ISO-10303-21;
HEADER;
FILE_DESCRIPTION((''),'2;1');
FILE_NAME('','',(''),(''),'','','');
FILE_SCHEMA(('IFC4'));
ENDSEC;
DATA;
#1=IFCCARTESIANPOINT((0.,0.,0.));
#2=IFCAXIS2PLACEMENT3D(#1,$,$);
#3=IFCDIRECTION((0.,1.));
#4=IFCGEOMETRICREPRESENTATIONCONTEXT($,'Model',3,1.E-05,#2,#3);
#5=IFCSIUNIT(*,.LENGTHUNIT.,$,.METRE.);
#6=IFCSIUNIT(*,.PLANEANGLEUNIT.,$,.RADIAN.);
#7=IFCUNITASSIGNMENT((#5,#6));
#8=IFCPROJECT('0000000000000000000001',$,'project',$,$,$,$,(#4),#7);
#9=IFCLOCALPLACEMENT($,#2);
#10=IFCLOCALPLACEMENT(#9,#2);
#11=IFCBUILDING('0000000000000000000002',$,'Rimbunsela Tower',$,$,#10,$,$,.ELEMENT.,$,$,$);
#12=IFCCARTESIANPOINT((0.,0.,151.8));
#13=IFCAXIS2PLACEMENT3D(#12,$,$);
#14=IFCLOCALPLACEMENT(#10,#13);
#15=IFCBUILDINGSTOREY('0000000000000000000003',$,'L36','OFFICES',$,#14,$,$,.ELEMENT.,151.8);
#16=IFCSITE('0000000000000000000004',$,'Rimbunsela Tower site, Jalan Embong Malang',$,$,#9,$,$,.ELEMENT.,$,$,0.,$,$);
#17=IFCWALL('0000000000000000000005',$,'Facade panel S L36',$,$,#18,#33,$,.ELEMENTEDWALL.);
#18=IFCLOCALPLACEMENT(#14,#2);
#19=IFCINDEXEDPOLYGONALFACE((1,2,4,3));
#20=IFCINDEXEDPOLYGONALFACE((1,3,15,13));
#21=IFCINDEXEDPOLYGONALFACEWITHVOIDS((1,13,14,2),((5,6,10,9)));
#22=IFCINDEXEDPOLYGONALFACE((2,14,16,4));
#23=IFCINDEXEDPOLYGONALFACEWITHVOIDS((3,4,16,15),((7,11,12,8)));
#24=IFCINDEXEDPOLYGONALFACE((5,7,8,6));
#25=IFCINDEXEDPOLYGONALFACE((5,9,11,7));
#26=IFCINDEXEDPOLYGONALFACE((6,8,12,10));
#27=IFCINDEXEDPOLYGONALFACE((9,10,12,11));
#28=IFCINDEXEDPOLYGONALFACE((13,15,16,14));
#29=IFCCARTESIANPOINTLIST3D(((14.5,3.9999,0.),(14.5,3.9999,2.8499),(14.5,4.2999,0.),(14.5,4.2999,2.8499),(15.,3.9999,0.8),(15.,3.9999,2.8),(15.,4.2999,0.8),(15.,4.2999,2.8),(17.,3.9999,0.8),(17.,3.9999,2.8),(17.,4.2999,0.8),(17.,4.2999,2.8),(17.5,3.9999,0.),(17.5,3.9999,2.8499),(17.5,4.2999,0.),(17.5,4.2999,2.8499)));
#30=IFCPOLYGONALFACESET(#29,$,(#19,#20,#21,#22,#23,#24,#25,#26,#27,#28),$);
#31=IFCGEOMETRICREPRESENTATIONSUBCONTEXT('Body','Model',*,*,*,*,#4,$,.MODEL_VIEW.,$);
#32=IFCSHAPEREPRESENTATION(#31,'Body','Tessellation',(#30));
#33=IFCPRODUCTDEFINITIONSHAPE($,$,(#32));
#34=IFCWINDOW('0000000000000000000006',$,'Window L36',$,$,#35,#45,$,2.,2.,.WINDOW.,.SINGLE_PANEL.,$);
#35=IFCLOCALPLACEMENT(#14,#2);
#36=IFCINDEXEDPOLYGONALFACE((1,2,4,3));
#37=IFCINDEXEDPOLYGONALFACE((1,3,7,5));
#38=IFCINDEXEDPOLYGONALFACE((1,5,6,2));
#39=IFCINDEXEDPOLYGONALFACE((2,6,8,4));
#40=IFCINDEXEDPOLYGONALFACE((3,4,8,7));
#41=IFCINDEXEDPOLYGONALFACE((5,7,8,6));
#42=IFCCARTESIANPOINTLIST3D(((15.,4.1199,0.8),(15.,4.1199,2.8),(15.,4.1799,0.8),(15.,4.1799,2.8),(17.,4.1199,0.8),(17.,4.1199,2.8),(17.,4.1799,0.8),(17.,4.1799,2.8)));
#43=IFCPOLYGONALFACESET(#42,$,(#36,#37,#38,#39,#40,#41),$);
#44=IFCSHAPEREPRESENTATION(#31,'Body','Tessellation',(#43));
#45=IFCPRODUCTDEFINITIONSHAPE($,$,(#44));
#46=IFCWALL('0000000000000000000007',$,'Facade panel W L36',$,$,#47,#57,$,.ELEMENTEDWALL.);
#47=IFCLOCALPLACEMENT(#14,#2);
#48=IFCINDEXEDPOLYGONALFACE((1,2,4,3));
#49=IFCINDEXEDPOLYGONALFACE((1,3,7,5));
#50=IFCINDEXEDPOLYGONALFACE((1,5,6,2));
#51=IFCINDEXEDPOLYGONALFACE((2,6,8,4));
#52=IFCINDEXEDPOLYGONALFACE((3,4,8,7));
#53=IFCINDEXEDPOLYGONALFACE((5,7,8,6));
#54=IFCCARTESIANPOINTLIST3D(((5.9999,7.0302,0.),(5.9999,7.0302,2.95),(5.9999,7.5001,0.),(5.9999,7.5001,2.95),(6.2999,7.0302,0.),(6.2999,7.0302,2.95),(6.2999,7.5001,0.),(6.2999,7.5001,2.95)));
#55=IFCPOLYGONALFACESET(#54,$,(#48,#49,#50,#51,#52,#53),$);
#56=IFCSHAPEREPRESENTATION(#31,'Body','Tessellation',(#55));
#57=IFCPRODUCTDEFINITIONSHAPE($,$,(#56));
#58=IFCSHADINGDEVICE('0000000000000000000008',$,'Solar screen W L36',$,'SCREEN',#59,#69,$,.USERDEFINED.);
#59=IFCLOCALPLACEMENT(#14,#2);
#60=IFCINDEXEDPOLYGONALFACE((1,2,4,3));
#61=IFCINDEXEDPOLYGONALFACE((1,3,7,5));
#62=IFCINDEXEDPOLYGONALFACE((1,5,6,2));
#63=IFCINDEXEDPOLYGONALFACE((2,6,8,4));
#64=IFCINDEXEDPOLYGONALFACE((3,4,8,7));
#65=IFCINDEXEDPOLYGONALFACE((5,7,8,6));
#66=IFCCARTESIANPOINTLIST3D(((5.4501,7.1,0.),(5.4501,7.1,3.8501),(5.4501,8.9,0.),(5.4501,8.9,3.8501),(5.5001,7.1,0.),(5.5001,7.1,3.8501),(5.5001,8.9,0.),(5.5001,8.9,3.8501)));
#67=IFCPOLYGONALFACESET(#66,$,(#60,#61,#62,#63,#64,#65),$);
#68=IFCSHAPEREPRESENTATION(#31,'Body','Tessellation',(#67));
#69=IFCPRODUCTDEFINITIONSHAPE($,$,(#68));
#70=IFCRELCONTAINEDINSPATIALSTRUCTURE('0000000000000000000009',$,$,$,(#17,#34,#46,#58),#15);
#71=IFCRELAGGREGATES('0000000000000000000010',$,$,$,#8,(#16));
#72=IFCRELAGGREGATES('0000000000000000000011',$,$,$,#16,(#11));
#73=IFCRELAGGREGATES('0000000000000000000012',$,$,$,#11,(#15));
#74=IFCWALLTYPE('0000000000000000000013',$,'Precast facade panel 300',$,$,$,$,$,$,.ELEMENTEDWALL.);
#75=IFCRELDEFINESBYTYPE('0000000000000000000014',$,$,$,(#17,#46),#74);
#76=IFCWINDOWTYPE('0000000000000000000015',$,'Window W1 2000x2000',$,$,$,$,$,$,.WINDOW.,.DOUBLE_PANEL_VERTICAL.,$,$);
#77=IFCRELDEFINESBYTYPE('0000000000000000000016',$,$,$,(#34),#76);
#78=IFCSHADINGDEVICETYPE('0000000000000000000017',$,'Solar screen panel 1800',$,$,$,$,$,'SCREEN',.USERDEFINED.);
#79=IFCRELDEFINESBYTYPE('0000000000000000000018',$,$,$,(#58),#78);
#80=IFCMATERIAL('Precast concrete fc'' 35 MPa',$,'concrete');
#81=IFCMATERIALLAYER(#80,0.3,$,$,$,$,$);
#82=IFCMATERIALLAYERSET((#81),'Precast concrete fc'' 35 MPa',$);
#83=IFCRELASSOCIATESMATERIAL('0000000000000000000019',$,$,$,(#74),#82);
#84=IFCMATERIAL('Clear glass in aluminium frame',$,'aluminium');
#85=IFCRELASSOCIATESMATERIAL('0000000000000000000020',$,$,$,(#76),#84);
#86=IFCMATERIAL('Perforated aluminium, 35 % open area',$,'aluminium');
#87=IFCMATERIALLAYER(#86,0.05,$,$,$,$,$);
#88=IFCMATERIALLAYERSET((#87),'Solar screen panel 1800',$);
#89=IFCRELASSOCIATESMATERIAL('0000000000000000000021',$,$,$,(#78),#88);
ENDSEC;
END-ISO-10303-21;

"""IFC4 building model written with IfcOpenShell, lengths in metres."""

from ifc_helpers import new_model, si_unit, direction, frame, frame_2d, origin, origin_2d, place, context, subcontext, project, spatial, rectangle, extrude, material, layer, layer_set, type_object, element, fill, save


model = new_model("IFC4")

# Units and contexts
model_context = context("Model", 3, precision=1e-05, world=origin(), true_north=direction((0.0, 1.0)))
body_context = subcontext(model_context, "Body", "Model", "MODEL_VIEW")
ifc_project = project(units=[si_unit("LENGTHUNIT", "METRE"), si_unit("PLANEANGLEUNIT", "RADIAN")], contexts=[model_context])

# Site, building, storey
site_placement = place(None, origin())
site = spatial("IfcSite", under=ifc_project, at=site_placement, Name="Rimbunsela Tower site, Jalan Embong Malang", CompositionType="ELEMENT", RefElevation=0.0)
building_placement = place(site_placement, origin())
building = spatial("IfcBuilding", under=site, at=building_placement, Name="Rimbunsela Tower", CompositionType="ELEMENT")
storey_placement = place(building_placement, frame((0.0, 0.0, 151.8)))
storey = spatial("IfcBuildingStorey", under=building, at=storey_placement, Name="L36", Description="OFFICES", CompositionType="ELEMENT", Elevation=151.8)

# Shared definitions
ifc_material_1 = material(Name="Precast concrete fc' 35 MPa", Category="concrete")
ifc_layer_1 = layer(ifc_material_1, 0.3)
ifc_layer_set_1 = layer_set([ifc_layer_1], Name="Precast concrete fc' 35 MPa")
wall_type = type_object("IfcWallType", Name="Precast facade panel 300", PredefinedType="ELEMENTEDWALL", material=ifc_layer_set_1)

# Wall, opening, window
ifc_material_2 = material(Name="Clear glass in aluminium frame", Category="aluminium")
window_type = type_object("IfcWindowType", Name="Window W1 2000x2000", PartitioningType="DOUBLE_PANEL_VERTICAL", PredefinedType="WINDOW", material=ifc_material_2)
wall_1_placement = place(storey_placement, frame((14.5, 4.1499, 0.0), z_axis=(0.0, 0.0, 1.0), x_axis=(1.0, 0.0, 0.0)))
wall_1 = element("IfcWall", 1, at=wall_1_placement, inside=storey, type_object=wall_type, Name="Facade panel S L36", PredefinedType="ELEMENTEDWALL", context=body_context, shape_type="SweptSolid", body=[
    extrude(rectangle(XDim=3.0, YDim=0.3, at=frame_2d((1.5, 0.0))), origin(), (0.0, 0.0, 1.0), 2.8499),
])
opening_1_placement = place(wall_1_placement, frame((0.5, 0.0, 0.8)))
opening_1 = element("IfcOpeningElement", 2, at=opening_1_placement, cuts=wall_1, PredefinedType="OPENING", context=body_context, shape_type="SweptSolid", body=[
    extrude(rectangle(XDim=2.0, YDim=2.0, at=frame_2d((1.0, 1.0))), frame((0.0, 0.1599, 0.0), z_axis=(0.0, -1.0, 0.0), x_axis=(1.0, 0.0, 0.0)), (0.0, 0.0, 1.0), 0.3201),
])
window_1_placement = place(opening_1_placement, origin())
window_1 = element("IfcWindow", 3, at=window_1_placement, inside=storey, type_object=window_type, Name="Window L36", OverallHeight=2.0, OverallWidth=2.0, PartitioningType="SINGLE_PANEL", PredefinedType="WINDOW", context=body_context, shape_type="SweptSolid", body=[
    extrude(rectangle(XDim=2.0, YDim=2.0, at=frame_2d((1.0, 1.0))), frame((0.0, 0.03, 0.0), z_axis=(0.0, -1.0, 0.0), x_axis=(1.0, 0.0, 0.0)), (0.0, 0.0, 1.0), 0.0601),
])
fill(opening_1, window_1)

# Wall
wall_2_placement = place(storey_placement, frame((6.1499, 7.5, 0.0), z_axis=(0.0, 0.0, 1.0), x_axis=(0.0, -1.0, 0.0)))
element("IfcWall", 4, at=wall_2_placement, inside=storey, type_object=wall_type, Name="Facade panel W L36", PredefinedType="ELEMENTEDWALL", context=body_context, shape_type="SweptSolid", body=[
    extrude(rectangle(XDim=0.47, YDim=0.3, at=frame_2d((0.2349, 0.0))), origin(), (0.0, 0.0, 1.0), 2.95),
])

# Shading device
ifc_material_3 = material(Name="Perforated aluminium, 35 % open area", Category="aluminium")
ifc_layer_2 = layer(ifc_material_3, 0.05)
ifc_layer_set_2 = layer_set([ifc_layer_2], Name="Solar screen panel 1800")
shading_device_type = type_object("IfcShadingDeviceType", Name="Solar screen panel 1800", ElementType="SCREEN", PredefinedType="USERDEFINED", material=ifc_layer_set_2)
shading_device_placement = place(storey_placement, frame((5.4751, 8.0, 0.0), z_axis=(0.0, 0.0, 1.0), x_axis=(0.0, 1.0, 0.0)))
element("IfcShadingDevice", 5, at=shading_device_placement, inside=storey, type_object=shading_device_type, Name="Solar screen W L36", ObjectType="SCREEN", PredefinedType="USERDEFINED", context=body_context, shape_type="SweptSolid", body=[
    extrude(rectangle(XDim=1.8, YDim=0.05, at=origin_2d()), origin(), (0.0, 0.0, 1.0), 3.8501),
])

save(model, "model.ifc")
